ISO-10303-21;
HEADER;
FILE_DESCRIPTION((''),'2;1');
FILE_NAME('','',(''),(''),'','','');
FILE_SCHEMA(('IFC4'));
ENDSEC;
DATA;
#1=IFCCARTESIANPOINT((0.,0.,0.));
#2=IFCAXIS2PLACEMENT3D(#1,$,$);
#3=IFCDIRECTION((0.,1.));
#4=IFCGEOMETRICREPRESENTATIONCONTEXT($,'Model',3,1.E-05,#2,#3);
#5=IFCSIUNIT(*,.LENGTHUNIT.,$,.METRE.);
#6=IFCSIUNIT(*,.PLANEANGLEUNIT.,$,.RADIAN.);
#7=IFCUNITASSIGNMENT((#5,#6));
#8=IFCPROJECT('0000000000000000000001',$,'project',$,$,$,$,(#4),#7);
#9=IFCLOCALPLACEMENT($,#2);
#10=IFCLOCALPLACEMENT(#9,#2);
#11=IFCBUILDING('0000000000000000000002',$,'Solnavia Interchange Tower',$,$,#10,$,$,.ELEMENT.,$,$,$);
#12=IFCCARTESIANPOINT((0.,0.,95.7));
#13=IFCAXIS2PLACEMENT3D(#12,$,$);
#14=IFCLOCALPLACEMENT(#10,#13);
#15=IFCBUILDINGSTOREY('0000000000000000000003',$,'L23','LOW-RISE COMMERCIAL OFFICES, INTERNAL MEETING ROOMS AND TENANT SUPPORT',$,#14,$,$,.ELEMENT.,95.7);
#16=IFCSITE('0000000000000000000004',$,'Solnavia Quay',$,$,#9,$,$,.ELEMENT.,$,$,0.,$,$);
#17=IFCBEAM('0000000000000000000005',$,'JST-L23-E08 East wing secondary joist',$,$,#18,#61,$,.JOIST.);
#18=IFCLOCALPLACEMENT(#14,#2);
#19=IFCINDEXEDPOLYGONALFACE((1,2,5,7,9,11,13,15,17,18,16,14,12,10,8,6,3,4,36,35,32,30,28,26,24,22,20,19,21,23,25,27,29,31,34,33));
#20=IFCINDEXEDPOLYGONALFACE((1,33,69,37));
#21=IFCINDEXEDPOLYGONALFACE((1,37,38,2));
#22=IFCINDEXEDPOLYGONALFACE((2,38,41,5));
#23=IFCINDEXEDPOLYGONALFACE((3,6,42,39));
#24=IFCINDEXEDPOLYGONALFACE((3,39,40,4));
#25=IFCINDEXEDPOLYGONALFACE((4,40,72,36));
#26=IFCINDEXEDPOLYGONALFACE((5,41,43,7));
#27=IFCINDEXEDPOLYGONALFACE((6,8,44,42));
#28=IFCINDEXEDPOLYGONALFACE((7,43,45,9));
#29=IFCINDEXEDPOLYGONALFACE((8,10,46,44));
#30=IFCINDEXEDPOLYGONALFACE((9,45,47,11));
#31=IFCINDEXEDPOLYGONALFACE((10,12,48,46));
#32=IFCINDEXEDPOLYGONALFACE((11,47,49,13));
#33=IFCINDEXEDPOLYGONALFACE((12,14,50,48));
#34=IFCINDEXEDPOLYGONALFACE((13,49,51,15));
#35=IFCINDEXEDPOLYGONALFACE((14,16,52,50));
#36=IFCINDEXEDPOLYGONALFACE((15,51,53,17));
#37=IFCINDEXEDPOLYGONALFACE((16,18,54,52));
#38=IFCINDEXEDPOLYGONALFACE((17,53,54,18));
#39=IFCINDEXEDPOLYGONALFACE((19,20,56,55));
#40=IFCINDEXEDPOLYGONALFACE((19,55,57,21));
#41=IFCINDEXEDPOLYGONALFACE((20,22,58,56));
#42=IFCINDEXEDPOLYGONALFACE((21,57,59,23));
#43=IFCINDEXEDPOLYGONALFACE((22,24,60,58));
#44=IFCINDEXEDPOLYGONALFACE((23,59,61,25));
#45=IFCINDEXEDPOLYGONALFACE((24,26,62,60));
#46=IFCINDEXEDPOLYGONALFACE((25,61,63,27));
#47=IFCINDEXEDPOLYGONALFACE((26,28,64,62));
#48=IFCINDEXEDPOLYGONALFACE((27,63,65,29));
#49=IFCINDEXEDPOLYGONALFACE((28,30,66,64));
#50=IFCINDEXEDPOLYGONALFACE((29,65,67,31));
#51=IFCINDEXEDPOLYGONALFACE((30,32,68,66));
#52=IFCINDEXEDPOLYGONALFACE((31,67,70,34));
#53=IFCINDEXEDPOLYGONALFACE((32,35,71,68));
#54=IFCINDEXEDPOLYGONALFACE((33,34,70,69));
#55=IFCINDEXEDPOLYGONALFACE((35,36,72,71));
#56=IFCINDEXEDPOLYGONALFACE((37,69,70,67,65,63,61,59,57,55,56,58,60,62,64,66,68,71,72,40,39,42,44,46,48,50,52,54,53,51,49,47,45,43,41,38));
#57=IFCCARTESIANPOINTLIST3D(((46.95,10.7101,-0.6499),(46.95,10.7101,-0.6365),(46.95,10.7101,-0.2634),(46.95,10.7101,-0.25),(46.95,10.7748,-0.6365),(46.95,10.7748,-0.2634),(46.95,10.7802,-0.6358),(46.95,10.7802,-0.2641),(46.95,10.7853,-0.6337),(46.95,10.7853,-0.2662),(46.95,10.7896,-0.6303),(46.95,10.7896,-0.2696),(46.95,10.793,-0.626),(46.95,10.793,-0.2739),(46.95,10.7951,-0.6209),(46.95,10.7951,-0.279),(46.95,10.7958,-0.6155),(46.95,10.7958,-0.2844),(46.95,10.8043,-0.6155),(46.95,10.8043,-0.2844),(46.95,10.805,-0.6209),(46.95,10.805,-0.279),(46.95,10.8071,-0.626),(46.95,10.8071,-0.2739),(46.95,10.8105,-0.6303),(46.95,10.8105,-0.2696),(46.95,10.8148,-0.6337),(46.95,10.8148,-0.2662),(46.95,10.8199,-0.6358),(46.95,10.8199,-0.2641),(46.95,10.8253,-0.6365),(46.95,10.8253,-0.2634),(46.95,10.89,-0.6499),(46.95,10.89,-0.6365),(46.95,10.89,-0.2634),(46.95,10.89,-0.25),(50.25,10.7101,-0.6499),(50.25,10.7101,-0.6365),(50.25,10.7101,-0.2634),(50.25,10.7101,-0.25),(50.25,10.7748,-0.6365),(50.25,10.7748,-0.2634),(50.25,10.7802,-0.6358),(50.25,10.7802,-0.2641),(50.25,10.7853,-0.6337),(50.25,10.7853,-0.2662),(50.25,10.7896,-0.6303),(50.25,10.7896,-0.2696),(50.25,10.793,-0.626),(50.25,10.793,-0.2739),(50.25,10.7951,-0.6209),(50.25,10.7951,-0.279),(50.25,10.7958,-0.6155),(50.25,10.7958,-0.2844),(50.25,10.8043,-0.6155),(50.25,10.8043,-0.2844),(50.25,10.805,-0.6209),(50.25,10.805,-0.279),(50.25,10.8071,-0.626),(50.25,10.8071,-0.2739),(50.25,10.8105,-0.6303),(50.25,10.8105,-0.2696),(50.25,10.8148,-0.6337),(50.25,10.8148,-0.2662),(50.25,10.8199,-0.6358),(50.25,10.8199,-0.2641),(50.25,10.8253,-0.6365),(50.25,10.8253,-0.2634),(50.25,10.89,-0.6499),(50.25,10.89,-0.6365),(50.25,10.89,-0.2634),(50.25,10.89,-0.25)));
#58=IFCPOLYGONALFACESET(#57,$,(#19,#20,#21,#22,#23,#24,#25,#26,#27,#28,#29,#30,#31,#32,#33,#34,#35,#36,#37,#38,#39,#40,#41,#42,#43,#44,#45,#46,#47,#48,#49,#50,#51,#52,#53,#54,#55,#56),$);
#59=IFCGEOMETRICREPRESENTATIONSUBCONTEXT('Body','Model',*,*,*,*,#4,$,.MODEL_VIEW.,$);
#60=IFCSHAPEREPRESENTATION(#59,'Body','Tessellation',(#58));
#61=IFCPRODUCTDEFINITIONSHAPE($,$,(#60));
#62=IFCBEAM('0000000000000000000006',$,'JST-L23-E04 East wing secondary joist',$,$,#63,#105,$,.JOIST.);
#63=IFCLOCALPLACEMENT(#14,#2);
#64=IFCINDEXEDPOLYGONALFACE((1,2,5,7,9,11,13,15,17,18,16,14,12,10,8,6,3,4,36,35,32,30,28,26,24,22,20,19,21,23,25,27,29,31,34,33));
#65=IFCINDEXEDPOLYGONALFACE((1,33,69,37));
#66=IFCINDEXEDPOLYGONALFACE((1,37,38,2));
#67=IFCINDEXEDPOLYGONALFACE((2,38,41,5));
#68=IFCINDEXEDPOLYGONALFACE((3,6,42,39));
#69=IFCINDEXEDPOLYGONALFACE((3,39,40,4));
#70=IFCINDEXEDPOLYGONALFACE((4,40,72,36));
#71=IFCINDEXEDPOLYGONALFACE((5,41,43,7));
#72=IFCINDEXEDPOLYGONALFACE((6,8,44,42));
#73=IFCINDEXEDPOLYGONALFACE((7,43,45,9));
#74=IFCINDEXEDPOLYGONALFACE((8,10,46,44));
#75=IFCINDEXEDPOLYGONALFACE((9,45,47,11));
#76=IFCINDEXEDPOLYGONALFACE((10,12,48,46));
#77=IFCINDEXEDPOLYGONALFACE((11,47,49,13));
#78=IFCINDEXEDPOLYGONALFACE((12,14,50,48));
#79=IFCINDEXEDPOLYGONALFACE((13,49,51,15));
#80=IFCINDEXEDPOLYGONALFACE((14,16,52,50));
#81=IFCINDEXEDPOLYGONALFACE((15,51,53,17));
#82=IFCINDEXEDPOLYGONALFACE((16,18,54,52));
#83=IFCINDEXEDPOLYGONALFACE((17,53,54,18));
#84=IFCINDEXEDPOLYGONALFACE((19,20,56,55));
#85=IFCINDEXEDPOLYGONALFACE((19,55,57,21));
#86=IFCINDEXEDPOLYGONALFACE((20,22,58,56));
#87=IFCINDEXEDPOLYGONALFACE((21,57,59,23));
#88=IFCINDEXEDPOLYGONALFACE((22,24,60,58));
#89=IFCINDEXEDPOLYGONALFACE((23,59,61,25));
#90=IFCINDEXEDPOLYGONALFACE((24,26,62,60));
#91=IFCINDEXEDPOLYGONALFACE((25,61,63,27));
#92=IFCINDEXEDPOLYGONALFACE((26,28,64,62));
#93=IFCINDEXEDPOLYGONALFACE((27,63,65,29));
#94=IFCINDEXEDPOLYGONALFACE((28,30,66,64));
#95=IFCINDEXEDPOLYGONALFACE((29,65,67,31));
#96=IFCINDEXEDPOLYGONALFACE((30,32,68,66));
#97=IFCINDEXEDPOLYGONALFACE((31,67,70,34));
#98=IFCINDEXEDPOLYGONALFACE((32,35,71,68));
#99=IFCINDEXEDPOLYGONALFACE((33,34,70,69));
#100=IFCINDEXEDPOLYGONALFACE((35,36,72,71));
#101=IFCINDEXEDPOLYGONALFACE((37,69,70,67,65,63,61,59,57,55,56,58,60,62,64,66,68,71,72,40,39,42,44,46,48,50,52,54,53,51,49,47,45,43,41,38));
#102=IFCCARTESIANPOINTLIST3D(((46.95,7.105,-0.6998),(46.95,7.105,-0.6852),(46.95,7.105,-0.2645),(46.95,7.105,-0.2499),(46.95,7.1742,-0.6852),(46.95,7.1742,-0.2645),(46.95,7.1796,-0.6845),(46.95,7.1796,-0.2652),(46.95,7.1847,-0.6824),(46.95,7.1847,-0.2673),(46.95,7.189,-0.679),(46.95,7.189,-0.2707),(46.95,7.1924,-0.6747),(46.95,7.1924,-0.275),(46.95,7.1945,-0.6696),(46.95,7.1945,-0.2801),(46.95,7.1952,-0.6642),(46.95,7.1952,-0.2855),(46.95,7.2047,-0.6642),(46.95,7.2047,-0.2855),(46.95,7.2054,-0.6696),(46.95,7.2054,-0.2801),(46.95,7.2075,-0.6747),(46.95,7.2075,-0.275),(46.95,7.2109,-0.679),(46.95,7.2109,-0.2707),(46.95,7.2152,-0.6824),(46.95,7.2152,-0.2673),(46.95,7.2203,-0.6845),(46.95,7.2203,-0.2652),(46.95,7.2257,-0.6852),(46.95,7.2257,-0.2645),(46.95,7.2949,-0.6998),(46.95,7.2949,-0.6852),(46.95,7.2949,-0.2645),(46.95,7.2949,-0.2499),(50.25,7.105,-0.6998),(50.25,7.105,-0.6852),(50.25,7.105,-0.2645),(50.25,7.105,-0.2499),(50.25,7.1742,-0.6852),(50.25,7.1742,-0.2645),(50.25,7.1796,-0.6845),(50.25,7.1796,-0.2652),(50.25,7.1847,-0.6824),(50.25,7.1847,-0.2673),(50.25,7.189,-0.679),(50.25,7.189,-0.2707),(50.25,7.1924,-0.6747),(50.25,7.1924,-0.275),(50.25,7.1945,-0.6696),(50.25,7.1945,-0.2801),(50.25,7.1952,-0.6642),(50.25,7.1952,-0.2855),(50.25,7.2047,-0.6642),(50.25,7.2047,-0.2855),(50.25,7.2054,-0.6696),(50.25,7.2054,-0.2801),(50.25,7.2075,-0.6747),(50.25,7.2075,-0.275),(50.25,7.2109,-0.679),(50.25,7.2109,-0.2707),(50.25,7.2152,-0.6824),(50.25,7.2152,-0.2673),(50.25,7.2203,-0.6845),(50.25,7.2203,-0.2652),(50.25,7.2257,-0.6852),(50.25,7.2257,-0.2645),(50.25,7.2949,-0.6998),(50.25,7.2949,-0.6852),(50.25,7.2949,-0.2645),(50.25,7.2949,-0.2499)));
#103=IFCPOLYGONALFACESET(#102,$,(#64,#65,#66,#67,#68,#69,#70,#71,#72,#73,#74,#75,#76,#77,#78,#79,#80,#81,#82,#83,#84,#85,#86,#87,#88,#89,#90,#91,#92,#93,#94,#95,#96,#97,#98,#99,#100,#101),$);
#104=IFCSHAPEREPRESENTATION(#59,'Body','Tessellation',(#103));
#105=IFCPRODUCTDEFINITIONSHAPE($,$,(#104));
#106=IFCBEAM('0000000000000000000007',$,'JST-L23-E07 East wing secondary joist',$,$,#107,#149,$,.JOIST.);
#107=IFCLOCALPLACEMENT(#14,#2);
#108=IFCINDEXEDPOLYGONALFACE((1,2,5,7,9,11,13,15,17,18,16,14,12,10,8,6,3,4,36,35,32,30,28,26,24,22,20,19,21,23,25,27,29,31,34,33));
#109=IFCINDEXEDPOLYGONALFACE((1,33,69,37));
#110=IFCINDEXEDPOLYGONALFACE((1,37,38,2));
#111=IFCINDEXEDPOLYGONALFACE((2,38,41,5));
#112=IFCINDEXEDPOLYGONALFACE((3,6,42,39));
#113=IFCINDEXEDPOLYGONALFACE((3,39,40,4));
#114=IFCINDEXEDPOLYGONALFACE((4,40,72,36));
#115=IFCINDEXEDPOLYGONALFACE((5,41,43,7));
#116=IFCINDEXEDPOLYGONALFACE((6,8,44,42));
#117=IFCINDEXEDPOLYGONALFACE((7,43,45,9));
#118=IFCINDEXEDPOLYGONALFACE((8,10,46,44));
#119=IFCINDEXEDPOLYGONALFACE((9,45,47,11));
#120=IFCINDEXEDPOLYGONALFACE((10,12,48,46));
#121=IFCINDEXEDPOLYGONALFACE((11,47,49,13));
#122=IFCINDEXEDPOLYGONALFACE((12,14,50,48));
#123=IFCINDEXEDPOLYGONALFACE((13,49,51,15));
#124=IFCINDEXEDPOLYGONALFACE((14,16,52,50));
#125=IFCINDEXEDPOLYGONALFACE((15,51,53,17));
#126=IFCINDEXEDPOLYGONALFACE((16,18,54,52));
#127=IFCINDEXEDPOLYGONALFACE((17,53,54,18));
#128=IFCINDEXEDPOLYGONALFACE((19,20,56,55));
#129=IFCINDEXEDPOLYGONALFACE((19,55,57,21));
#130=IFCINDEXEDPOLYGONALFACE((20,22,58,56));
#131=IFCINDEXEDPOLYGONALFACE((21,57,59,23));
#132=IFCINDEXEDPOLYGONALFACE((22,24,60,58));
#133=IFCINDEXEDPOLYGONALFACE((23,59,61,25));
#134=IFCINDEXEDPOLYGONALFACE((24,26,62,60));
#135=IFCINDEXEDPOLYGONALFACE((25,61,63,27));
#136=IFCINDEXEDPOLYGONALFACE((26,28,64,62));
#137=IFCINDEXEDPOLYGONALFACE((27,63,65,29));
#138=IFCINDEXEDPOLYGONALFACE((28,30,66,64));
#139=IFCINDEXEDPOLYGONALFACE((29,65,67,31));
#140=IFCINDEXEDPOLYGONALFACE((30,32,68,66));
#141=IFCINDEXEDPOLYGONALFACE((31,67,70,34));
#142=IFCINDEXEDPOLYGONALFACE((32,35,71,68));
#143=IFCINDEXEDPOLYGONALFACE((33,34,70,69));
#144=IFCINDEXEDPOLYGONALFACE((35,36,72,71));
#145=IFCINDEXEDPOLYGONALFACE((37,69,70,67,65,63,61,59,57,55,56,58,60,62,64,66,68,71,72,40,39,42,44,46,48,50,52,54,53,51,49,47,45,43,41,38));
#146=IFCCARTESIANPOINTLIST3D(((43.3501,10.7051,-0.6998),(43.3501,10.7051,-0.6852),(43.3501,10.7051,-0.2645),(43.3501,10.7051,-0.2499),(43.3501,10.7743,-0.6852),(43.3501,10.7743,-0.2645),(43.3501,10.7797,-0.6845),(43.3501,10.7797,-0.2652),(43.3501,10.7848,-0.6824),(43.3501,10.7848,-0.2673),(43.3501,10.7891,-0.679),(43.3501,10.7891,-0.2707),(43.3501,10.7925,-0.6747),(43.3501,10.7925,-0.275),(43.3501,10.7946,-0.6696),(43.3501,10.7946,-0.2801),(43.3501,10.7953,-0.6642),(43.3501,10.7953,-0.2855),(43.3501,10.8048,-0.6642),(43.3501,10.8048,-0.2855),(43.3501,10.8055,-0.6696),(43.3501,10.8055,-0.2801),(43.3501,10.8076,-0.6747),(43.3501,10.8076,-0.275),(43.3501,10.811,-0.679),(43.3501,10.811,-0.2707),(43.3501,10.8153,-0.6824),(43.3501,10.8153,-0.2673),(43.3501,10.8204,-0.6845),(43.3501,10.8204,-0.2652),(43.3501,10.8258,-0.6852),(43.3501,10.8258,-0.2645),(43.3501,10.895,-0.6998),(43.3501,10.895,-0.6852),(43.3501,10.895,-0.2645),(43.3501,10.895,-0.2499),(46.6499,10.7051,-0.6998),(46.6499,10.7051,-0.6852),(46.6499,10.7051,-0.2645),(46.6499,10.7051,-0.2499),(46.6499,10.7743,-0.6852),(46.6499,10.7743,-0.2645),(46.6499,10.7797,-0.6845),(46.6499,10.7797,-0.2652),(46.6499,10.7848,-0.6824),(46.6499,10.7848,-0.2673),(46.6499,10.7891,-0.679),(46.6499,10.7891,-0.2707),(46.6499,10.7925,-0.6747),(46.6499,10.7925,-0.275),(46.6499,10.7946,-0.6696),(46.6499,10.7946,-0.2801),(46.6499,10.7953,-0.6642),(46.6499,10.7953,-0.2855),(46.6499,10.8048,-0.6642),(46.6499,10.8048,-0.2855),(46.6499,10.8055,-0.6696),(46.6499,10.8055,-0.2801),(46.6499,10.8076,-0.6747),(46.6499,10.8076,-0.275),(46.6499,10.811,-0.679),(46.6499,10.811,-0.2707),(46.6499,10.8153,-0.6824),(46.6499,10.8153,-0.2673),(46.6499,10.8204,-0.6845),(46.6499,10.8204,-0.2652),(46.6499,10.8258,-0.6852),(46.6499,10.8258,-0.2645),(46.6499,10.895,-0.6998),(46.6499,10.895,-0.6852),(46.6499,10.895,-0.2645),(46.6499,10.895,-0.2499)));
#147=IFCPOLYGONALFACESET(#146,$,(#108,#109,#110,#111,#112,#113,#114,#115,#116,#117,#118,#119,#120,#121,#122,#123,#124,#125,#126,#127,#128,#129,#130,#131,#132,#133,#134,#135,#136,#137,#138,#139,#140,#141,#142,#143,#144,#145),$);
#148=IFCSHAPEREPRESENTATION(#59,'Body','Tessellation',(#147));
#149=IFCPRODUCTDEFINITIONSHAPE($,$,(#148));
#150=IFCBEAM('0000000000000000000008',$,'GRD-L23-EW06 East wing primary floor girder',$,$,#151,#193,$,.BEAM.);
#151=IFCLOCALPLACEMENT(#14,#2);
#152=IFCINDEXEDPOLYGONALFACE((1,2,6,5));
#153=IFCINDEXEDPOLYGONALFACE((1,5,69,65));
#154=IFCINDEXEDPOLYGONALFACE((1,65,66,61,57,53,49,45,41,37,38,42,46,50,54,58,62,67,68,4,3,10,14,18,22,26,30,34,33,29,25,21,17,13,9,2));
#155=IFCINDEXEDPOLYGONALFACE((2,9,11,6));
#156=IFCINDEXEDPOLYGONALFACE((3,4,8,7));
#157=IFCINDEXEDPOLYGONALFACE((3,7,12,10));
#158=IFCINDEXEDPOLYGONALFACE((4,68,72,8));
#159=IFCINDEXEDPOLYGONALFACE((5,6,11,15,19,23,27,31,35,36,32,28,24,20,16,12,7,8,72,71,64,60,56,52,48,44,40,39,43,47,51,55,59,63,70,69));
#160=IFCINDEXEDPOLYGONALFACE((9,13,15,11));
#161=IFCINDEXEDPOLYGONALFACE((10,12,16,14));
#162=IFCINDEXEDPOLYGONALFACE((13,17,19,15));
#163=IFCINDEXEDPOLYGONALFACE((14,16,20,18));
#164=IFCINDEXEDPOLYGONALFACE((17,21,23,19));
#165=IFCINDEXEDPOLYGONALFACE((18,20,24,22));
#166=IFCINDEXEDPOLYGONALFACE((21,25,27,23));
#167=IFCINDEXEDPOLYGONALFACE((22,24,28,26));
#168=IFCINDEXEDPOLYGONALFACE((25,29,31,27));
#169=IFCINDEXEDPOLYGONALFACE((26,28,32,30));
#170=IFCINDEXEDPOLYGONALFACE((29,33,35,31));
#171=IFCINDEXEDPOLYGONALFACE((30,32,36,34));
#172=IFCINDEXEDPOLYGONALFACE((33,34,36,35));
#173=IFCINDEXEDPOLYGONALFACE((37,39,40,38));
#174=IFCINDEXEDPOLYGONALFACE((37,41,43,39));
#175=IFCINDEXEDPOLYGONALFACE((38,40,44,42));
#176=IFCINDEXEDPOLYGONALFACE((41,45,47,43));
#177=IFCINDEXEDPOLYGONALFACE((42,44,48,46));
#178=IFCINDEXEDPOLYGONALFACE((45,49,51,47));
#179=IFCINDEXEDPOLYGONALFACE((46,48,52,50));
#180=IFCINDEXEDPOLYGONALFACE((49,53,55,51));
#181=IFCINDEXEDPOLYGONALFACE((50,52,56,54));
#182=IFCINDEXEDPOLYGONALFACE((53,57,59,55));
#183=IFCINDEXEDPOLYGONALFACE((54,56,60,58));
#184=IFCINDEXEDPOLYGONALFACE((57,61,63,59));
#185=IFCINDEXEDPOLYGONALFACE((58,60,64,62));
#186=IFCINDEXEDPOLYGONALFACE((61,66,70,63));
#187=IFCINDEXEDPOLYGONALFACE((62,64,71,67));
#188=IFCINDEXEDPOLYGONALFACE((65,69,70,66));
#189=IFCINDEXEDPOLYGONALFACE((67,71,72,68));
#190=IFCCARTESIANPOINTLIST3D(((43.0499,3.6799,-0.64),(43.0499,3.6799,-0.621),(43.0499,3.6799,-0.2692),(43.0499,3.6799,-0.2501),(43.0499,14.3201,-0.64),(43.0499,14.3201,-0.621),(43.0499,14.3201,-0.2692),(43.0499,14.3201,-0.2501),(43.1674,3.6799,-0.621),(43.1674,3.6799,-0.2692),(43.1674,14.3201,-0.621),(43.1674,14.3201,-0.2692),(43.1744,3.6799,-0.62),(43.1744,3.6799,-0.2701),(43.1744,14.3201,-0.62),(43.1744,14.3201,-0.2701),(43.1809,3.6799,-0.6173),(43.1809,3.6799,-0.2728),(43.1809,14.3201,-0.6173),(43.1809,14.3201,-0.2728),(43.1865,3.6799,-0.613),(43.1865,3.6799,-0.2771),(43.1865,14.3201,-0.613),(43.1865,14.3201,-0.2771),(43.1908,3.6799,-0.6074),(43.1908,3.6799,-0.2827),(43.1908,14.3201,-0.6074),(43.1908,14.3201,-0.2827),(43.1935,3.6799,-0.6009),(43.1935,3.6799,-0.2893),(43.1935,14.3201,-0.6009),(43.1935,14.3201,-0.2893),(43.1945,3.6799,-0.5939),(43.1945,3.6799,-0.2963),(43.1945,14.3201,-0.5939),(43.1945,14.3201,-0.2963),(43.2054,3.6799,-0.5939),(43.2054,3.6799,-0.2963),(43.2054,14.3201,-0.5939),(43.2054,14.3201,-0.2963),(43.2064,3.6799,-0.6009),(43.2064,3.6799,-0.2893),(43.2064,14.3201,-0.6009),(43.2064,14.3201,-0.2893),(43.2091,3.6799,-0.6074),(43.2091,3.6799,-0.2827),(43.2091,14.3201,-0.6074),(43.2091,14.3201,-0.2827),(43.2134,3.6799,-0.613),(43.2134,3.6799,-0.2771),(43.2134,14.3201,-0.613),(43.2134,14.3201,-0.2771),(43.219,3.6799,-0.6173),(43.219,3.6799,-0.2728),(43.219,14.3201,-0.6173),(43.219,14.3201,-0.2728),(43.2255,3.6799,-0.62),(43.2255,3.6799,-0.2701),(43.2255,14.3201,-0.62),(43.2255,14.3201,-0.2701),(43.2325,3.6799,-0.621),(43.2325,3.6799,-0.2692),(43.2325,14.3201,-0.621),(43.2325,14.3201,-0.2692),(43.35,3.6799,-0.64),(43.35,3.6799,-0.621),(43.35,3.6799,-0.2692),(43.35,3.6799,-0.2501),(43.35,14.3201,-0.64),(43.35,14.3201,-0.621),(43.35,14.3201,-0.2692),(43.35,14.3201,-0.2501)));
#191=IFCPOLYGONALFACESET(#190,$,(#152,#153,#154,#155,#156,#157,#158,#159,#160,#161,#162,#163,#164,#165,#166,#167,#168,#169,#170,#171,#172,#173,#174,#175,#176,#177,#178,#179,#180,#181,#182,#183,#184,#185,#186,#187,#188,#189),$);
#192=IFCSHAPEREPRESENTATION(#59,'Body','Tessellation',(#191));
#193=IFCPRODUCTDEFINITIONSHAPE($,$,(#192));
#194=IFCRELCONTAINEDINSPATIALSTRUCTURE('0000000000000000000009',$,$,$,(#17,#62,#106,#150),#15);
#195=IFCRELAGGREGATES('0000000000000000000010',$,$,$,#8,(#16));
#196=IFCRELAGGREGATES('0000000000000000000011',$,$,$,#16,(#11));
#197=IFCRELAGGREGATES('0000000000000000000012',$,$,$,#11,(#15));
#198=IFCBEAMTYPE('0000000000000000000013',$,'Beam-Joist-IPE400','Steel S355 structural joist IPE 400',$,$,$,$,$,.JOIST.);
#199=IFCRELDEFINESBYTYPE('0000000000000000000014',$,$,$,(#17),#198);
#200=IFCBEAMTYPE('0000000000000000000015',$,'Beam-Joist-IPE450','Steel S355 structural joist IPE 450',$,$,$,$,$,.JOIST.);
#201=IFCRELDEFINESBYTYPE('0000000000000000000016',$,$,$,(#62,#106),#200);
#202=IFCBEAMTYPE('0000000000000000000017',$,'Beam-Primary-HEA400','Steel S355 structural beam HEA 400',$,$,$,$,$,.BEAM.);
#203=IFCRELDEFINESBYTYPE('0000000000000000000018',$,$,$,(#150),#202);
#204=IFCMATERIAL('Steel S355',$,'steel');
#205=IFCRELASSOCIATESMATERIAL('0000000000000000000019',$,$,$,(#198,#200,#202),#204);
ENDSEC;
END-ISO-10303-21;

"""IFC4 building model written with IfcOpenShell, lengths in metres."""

from ifc_helpers import new_model, si_unit, direction, frame, origin, origin_2d, place, context, subcontext, project, spatial, i_section, extrude, material, material_profile, profile_set, type_object, element, save


model = new_model("IFC4")

# Units and contexts
model_context = context("Model", 3, precision=1e-05, world=origin(), true_north=direction((0.0, 1.0)))
body_context = subcontext(model_context, "Body", "Model", "MODEL_VIEW")
ifc_project = project(units=[si_unit("LENGTHUNIT", "METRE"), si_unit("PLANEANGLEUNIT", "RADIAN")], contexts=[model_context])

# Site, building, storey
site_placement = place(None, origin())
site = spatial("IfcSite", under=ifc_project, at=site_placement, Name="Solnavia Quay", CompositionType="ELEMENT", RefElevation=0.0)
building_placement = place(site_placement, origin())
building = spatial("IfcBuilding", under=site, at=building_placement, Name="Solnavia Interchange Tower", CompositionType="ELEMENT")
storey_placement = place(building_placement, frame((0.0, 0.0, 95.7)))
storey = spatial("IfcBuildingStorey", under=building, at=storey_placement, Name="L23", Description="LOW-RISE COMMERCIAL OFFICES, INTERNAL MEETING ROOMS AND TENANT SUPPORT", CompositionType="ELEMENT", Elevation=95.7)

# Shared definitions
ifc_material_1 = material(Name="Steel S355", Category="steel")

# Beams
ifc_material_profile_1 = material_profile(ifc_material_1, i_section(OverallWidth=0.1799, OverallDepth=0.3999, WebThickness=0.0085, FlangeThickness=0.0134, FilletRadius=0.021, at=origin_2d()), Name="IPE 400")
ifc_profile_set_1 = profile_set([ifc_material_profile_1], Name="Steel S355")
beam_type_1 = type_object("IfcBeamType", Name="Beam-Joist-IPE400", Description="Steel S355 structural joist IPE 400", PredefinedType="JOIST", material=ifc_profile_set_1)
beam_1_placement = place(storey_placement, frame((46.95, 10.8, -0.45), z_axis=(1.0, 0.0, 0.0), x_axis=(0.0, 1.0, 0.0)))
element("IfcBeam", 1, at=beam_1_placement, inside=storey, type_object=beam_type_1, Name="JST-L23-E08 East wing secondary joist", PredefinedType="JOIST", context=body_context, shape_type="SweptSolid", body=[
    extrude(i_section(OverallWidth=0.1799, OverallDepth=0.3999, WebThickness=0.0085, FlangeThickness=0.0134, FilletRadius=0.021, at=origin_2d()), origin(), (0.0, 0.0, 1.0), 3.3),
])
ifc_material_profile_2 = material_profile(ifc_material_1, i_section(OverallWidth=0.1899, OverallDepth=0.45, WebThickness=0.0095, FlangeThickness=0.0146, FilletRadius=0.021, at=origin_2d()), Name="IPE 450")
ifc_profile_set_2 = profile_set([ifc_material_profile_2], Name="Steel S355")
beam_type_2 = type_object("IfcBeamType", Name="Beam-Joist-IPE450", Description="Steel S355 structural joist IPE 450", PredefinedType="JOIST", material=ifc_profile_set_2)
beam_2_placement = place(storey_placement, frame((46.95, 7.2, -0.4749), z_axis=(1.0, 0.0, 0.0), x_axis=(0.0, 1.0, 0.0)))
element("IfcBeam", 2, at=beam_2_placement, inside=storey, type_object=beam_type_2, Name="JST-L23-E04 East wing secondary joist", PredefinedType="JOIST", context=body_context, shape_type="SweptSolid", body=[
    extrude(i_section(OverallWidth=0.1899, OverallDepth=0.45, WebThickness=0.0095, FlangeThickness=0.0146, FilletRadius=0.021, at=origin_2d()), origin(), (0.0, 0.0, 1.0), 3.3),
])
beam_3_placement = place(storey_placement, frame((43.3501, 10.8, -0.4749), z_axis=(1.0, 0.0, 0.0), x_axis=(0.0, 1.0, 0.0)))
element("IfcBeam", 3, at=beam_3_placement, inside=storey, type_object=beam_type_2, Name="JST-L23-E07 East wing secondary joist", PredefinedType="JOIST", context=body_context, shape_type="SweptSolid", body=[
    extrude(i_section(OverallWidth=0.1899, OverallDepth=0.45, WebThickness=0.0095, FlangeThickness=0.0146, FilletRadius=0.021, at=origin_2d()), origin(), (0.0, 0.0, 1.0), 3.2998),
])
ifc_material_profile_3 = material_profile(ifc_material_1, i_section(OverallWidth=0.3, OverallDepth=0.3899, WebThickness=0.011, FlangeThickness=0.019, FilletRadius=0.0271, at=origin_2d()), Name="HEA 400")
ifc_profile_set_3 = profile_set([ifc_material_profile_3], Name="Steel S355")
beam_type_3 = type_object("IfcBeamType", Name="Beam-Primary-HEA400", Description="Steel S355 structural beam HEA 400", PredefinedType="BEAM", material=ifc_profile_set_3)
for number, where, z_axis, x_axis, name in (
    (4, (43.2, 3.6799, -0.4451), (0.0, 1.0, 0.0), (-1.0, 0.0, 0.0), "GRD-L23-EW06 East wing primary floor girder"),
):
    element("IfcBeam", number, at=place(storey_placement, frame(where, z_axis=z_axis, x_axis=x_axis)), inside=storey, type_object=beam_type_3, Name=name, PredefinedType="BEAM", context=body_context, shape_type="SweptSolid", body=[
        extrude(i_section(OverallWidth=0.3, OverallDepth=0.3899, WebThickness=0.011, FlangeThickness=0.019, FilletRadius=0.0271, at=origin_2d()), origin(), (0.0, 0.0, 1.0), 10.6401),
    ])

save(model, "model.ifc")
